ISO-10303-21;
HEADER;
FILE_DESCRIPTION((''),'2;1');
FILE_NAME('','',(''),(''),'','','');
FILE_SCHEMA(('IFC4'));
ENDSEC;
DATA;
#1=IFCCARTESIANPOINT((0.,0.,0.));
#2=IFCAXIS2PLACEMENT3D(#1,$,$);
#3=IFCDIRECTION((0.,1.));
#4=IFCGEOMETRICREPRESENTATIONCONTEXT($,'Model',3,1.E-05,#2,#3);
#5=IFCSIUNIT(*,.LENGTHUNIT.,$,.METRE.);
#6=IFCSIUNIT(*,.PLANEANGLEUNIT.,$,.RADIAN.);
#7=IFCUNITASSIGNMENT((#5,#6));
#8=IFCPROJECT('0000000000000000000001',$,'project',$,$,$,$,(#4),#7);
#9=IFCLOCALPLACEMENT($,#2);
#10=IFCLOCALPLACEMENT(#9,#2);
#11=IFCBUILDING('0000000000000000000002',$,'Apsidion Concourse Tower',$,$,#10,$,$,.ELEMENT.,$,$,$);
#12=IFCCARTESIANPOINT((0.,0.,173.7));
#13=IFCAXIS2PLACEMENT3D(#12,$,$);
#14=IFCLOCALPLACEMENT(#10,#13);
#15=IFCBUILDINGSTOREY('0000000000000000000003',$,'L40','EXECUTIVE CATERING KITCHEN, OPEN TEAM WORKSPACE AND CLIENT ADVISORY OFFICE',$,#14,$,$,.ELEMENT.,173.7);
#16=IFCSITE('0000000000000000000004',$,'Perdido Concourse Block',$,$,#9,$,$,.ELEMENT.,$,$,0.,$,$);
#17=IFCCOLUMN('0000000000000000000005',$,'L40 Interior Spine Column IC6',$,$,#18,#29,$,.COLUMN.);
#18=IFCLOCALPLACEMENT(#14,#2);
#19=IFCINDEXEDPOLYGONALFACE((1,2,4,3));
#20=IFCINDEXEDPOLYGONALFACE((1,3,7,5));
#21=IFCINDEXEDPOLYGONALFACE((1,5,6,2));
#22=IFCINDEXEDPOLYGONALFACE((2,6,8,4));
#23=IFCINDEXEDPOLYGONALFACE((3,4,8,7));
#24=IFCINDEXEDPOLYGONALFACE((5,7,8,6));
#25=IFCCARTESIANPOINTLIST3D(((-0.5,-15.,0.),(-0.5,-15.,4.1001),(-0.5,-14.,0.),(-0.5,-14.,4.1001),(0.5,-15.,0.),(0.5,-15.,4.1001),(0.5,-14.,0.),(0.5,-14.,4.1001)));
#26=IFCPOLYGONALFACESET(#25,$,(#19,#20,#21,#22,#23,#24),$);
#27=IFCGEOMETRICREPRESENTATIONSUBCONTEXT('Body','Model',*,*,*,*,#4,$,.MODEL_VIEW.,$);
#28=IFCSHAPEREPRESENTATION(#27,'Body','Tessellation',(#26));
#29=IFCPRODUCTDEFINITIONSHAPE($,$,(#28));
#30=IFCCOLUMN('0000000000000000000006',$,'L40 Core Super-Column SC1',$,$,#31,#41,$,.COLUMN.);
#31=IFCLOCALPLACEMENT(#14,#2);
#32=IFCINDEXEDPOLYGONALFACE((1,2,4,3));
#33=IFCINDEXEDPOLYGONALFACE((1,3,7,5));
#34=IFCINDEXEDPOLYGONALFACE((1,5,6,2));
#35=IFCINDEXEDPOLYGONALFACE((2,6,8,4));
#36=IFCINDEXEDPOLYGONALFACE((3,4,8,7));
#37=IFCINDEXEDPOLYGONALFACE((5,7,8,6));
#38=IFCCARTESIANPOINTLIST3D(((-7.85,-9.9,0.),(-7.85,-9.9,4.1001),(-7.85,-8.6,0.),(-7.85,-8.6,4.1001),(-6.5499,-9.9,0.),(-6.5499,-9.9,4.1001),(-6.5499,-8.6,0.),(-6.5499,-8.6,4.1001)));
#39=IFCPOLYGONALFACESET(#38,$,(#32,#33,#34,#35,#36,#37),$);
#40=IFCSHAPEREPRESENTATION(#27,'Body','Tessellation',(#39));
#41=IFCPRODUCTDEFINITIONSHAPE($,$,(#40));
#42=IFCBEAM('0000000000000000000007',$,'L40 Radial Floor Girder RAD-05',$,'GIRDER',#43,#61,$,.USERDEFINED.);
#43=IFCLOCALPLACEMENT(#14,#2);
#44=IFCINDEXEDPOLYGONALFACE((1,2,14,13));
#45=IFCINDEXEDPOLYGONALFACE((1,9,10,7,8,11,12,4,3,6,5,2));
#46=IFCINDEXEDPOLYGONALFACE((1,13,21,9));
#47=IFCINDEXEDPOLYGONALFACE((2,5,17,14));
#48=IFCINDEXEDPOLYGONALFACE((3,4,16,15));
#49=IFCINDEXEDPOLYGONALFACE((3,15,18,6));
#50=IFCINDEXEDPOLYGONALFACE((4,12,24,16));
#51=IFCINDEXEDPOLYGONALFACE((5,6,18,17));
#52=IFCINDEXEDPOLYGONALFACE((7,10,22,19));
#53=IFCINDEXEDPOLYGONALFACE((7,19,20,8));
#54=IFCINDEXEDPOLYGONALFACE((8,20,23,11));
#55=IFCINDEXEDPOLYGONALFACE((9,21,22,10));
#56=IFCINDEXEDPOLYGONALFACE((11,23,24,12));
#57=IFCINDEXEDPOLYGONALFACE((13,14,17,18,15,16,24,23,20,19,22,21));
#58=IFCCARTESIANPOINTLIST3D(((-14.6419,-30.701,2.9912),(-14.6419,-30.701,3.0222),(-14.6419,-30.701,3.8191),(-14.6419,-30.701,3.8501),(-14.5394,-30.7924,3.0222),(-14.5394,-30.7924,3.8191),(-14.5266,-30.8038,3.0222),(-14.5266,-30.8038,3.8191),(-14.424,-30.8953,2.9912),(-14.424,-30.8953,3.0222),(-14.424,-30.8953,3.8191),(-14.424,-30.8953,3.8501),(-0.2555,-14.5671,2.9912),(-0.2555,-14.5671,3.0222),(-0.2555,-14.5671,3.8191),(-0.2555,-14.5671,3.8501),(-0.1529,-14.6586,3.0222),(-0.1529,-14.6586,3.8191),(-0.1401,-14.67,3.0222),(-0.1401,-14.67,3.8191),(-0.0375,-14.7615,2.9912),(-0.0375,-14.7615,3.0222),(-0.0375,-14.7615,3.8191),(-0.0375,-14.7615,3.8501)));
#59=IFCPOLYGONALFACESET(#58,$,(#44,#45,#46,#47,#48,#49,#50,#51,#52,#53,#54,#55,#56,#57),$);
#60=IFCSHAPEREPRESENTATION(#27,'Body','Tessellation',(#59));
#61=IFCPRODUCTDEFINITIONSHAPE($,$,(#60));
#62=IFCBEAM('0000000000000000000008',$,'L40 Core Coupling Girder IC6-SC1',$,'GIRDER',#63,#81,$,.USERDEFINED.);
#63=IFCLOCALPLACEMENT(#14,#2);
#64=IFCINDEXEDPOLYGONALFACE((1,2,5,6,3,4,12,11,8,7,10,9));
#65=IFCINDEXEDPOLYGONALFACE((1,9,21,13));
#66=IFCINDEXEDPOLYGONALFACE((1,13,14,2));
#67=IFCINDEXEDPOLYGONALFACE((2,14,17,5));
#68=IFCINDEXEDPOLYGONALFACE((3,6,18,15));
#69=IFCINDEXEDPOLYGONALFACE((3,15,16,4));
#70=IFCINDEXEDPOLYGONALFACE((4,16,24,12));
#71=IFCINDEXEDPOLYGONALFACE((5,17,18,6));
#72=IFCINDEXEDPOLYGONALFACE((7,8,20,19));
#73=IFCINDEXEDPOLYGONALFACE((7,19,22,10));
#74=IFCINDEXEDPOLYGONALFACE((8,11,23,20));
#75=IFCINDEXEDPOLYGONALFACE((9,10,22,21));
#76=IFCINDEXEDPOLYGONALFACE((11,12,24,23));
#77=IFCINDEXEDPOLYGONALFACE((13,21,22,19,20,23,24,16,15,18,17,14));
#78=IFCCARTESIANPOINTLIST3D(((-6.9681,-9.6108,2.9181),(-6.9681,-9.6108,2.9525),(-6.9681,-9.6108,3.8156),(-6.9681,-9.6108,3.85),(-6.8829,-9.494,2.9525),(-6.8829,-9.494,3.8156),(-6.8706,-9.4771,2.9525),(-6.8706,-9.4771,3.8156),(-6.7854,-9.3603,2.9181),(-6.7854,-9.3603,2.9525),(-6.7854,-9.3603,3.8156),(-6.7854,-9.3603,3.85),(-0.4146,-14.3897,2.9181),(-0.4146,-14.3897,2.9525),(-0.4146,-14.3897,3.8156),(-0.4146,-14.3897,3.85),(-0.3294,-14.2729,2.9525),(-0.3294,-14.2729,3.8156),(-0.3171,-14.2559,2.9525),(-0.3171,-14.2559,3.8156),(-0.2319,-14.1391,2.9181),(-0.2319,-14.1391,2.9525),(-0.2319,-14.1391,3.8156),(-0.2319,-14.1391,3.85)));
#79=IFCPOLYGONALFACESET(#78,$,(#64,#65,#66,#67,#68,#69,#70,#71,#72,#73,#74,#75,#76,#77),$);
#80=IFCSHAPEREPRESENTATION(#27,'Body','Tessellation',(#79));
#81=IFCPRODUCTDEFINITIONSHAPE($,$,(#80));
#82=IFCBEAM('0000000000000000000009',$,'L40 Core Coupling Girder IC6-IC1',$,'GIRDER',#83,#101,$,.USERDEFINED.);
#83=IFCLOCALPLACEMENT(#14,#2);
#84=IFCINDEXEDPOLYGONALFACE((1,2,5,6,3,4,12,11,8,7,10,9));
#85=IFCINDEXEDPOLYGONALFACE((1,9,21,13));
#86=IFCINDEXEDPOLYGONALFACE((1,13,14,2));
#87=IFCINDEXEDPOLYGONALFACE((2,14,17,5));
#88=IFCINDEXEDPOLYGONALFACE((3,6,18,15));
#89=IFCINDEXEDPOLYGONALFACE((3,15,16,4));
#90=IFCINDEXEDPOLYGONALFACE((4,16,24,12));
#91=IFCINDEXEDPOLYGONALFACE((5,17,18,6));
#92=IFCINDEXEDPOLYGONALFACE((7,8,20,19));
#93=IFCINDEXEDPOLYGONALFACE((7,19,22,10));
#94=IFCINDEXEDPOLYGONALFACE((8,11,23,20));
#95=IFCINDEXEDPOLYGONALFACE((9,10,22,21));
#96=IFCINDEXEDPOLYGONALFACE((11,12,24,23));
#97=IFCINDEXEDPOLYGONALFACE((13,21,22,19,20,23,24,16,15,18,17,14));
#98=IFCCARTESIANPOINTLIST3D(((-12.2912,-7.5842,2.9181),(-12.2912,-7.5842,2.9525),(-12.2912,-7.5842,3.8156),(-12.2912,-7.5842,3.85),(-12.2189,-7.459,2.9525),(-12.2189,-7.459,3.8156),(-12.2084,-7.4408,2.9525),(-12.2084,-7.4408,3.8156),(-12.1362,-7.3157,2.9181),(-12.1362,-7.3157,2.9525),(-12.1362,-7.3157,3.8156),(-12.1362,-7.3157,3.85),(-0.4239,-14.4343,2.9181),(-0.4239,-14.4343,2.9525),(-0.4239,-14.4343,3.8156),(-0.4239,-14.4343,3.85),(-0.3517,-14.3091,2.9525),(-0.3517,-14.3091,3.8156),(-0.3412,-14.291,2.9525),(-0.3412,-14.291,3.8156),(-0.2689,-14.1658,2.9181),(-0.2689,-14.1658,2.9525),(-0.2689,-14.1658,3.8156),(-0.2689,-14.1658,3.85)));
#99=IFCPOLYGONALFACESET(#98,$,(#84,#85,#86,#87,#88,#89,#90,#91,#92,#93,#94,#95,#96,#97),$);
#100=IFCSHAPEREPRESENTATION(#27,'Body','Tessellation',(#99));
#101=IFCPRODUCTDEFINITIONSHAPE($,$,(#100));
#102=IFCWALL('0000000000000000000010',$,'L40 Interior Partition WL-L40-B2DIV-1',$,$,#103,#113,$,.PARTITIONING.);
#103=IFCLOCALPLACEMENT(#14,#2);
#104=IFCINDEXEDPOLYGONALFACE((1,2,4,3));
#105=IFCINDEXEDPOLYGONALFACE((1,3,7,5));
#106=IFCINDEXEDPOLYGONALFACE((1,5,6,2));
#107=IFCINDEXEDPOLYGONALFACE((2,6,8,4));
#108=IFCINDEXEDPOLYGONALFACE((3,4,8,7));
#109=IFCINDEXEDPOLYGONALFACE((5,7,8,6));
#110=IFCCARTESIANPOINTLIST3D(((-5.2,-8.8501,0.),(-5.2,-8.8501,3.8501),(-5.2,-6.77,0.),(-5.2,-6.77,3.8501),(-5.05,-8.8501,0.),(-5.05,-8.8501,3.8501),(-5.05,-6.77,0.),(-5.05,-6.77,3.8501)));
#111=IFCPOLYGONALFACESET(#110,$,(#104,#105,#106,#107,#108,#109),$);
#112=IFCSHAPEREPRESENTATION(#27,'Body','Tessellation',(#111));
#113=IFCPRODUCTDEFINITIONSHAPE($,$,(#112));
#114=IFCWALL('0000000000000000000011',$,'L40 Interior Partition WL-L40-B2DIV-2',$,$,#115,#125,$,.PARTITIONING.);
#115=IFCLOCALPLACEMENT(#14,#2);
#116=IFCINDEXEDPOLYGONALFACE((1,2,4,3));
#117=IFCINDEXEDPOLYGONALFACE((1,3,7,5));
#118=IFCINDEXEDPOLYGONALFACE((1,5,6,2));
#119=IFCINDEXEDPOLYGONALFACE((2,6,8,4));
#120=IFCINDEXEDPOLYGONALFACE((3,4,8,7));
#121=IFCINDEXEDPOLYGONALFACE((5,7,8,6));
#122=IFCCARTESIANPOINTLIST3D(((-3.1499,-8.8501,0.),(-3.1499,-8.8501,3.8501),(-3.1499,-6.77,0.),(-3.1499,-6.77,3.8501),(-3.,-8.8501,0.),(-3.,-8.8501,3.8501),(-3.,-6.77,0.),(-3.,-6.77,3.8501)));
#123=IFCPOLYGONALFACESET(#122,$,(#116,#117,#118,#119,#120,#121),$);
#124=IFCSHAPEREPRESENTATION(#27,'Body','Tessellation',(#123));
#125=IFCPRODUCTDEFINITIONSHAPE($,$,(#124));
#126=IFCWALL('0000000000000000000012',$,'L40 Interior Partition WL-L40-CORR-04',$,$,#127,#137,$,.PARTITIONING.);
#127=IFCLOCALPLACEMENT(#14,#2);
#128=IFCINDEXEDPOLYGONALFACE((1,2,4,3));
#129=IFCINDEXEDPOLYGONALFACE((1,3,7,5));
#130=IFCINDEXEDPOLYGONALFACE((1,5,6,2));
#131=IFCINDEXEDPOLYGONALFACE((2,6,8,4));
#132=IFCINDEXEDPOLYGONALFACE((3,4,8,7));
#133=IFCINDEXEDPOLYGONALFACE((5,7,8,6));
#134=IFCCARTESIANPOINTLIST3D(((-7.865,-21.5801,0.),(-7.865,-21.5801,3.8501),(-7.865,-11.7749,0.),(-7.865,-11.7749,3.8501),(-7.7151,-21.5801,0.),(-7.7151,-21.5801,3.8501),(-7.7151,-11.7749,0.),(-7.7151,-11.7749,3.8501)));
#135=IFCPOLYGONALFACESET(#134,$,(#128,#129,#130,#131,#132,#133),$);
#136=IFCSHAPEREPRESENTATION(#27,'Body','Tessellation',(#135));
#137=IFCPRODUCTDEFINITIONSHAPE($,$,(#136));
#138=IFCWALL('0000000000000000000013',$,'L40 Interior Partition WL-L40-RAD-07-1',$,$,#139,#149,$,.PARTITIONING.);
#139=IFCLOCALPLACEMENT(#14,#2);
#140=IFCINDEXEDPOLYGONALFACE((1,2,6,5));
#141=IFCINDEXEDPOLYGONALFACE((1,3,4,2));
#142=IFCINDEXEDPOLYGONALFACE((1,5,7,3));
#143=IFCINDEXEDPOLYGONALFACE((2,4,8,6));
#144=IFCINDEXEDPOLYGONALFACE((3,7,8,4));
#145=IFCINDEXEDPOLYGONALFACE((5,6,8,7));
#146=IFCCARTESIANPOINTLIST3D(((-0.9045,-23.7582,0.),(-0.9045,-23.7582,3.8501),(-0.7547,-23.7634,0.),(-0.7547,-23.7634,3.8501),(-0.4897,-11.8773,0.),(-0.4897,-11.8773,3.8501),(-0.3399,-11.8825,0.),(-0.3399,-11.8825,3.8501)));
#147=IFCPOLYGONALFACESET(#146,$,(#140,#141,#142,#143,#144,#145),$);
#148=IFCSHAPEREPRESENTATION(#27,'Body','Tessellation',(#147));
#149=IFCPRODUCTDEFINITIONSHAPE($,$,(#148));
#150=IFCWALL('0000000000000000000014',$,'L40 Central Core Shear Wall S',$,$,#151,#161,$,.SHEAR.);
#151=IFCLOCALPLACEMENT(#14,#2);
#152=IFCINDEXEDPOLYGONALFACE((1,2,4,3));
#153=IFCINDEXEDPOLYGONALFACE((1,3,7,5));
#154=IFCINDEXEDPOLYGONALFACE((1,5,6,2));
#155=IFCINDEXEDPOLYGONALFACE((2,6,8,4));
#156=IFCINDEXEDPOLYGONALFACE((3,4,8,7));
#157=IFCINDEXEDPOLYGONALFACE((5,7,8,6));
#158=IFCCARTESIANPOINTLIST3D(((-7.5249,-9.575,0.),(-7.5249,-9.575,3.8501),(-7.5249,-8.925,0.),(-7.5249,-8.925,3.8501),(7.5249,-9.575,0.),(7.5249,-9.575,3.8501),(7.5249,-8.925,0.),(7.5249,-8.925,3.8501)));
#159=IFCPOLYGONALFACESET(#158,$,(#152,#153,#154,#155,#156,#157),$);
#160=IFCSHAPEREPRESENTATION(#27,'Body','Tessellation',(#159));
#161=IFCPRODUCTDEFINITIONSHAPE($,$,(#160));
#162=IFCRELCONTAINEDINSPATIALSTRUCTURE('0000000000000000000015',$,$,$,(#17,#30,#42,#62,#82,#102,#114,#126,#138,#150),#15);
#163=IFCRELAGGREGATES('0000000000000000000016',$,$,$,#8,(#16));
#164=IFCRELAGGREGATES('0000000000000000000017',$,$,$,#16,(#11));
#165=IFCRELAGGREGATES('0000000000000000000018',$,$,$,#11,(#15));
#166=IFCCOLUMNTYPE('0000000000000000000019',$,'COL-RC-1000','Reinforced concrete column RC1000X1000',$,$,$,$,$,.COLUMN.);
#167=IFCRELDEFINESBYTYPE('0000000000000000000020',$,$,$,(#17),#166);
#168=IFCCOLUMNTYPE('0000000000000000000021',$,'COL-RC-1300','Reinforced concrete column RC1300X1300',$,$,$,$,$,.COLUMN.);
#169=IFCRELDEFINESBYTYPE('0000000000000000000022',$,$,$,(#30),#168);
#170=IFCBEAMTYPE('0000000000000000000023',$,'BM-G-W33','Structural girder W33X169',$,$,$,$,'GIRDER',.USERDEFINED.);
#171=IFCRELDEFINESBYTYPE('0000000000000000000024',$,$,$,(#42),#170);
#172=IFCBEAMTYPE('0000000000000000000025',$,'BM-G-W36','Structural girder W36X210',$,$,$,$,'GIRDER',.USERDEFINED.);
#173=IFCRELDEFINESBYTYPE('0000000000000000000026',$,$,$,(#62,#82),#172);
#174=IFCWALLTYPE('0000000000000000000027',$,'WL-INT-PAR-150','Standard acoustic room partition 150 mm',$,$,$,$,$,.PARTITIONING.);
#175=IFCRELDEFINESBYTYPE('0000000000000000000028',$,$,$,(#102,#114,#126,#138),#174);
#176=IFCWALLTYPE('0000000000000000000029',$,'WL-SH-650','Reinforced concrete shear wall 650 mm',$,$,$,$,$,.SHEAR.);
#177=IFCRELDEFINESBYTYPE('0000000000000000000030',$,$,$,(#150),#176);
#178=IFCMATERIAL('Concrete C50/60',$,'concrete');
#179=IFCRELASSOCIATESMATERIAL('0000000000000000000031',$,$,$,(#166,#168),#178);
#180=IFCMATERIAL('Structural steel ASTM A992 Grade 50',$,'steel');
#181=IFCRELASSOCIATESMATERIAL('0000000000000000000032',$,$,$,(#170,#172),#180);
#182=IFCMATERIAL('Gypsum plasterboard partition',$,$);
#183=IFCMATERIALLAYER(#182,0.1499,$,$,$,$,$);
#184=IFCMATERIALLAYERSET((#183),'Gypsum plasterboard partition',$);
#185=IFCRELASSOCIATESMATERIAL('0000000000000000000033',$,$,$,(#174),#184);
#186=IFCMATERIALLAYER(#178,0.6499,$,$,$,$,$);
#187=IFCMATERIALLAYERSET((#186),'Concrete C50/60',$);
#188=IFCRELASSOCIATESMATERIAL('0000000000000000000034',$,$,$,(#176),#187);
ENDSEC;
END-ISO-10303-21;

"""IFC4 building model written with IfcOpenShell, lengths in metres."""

from ifc_helpers import new_model, si_unit, direction, frame, frame_2d, origin, origin_2d, place, context, subcontext, project, spatial, rectangle, i_section, extrude, material, layer, layer_set, material_profile, profile_set, type_object, element, save


model = new_model("IFC4")

# Units and contexts
model_context = context("Model", 3, precision=1e-05, world=origin(), true_north=direction((0.0, 1.0)))
body_context = subcontext(model_context, "Body", "Model", "MODEL_VIEW")
ifc_project = project(units=[si_unit("LENGTHUNIT", "METRE"), si_unit("PLANEANGLEUNIT", "RADIAN")], contexts=[model_context])

# Site, building, storey
site_placement = place(None, origin())
site = spatial("IfcSite", under=ifc_project, at=site_placement, Name="Perdido Concourse Block", CompositionType="ELEMENT", RefElevation=0.0)
building_placement = place(site_placement, origin())
building = spatial("IfcBuilding", under=site, at=building_placement, Name="Apsidion Concourse Tower", CompositionType="ELEMENT")
storey_placement = place(building_placement, frame((0.0, 0.0, 173.7)))
storey = spatial("IfcBuildingStorey", under=building, at=storey_placement, Name="L40", Description="EXECUTIVE CATERING KITCHEN, OPEN TEAM WORKSPACE AND CLIENT ADVISORY OFFICE", CompositionType="ELEMENT", Elevation=173.7)

# Columns
ifc_material_1 = material(Name="Concrete C50/60", Category="concrete")
ifc_material_profile_1 = material_profile(ifc_material_1, rectangle(XDim=1.0, YDim=1.0, at=origin_2d()), Name="RC 1000x1000")
ifc_profile_set_1 = profile_set([ifc_material_profile_1], Name="Concrete C50/60")
column_type_1 = type_object("IfcColumnType", Name="COL-RC-1000", Description="Reinforced concrete column RC1000X1000", PredefinedType="COLUMN", material=ifc_profile_set_1)
column_1_placement = place(storey_placement, frame((0.0, -14.5, 0.0), z_axis=(0.0, 0.0, 1.0), x_axis=(1.0, 0.0, 0.0)))
element("IfcColumn", 1, at=column_1_placement, inside=storey, type_object=column_type_1, Name="L40 Interior Spine Column IC6", PredefinedType="COLUMN", context=body_context, shape_type="SweptSolid", body=[
    extrude(rectangle(XDim=1.0, YDim=1.0, at=origin_2d()), origin(), (0.0, 0.0, 1.0), 4.1001),
])
ifc_material_profile_2 = material_profile(ifc_material_1, rectangle(XDim=1.3, YDim=1.3, at=origin_2d()), Name="RC 1300x1300")
ifc_profile_set_2 = profile_set([ifc_material_profile_2], Name="Concrete C50/60")
column_type_2 = type_object("IfcColumnType", Name="COL-RC-1300", Description="Reinforced concrete column RC1300X1300", PredefinedType="COLUMN", material=ifc_profile_set_2)
column_2_placement = place(storey_placement, frame((-7.2, -9.25, 0.0), z_axis=(0.0, 0.0, 1.0), x_axis=(1.0, 0.0, 0.0)))
element("IfcColumn", 2, at=column_2_placement, inside=storey, type_object=column_type_2, Name="L40 Core Super-Column SC1", PredefinedType="COLUMN", context=body_context, shape_type="SweptSolid", body=[
    extrude(rectangle(XDim=1.3, YDim=1.3, at=origin_2d()), origin(), (0.0, 0.0, 1.0), 4.1001),
])

# Beams
ifc_material_2 = material(Name="Structural steel ASTM A992 Grade 50", Category="steel")
ifc_material_profile_3 = material_profile(ifc_material_2, i_section(OverallWidth=0.292, OverallDepth=0.8589, WebThickness=0.0171, FlangeThickness=0.031, at=origin_2d()), Name="W33X169")
ifc_profile_set_3 = profile_set([ifc_material_profile_3], Name="Structural steel ASTM A992 Grade 50")
beam_type_1 = type_object("IfcBeamType", Name="BM-G-W33", Description="Structural girder W33X169", ElementType="GIRDER", PredefinedType="USERDEFINED", material=ifc_profile_set_3)
beam_1_placement = place(storey_placement, frame((-0.1465, -14.6643, 3.4207), z_axis=(-0.665534, -0.746367, 0.0), x_axis=(0.746367, -0.665534, 0.0)))
element("IfcBeam", 3, at=beam_1_placement, inside=storey, type_object=beam_type_1, Name="L40 Radial Floor Girder RAD-05", ObjectType="GIRDER", PredefinedType="USERDEFINED", context=body_context, shape_type="SweptSolid", body=[
    extrude(i_section(OverallWidth=0.292, OverallDepth=0.8589, WebThickness=0.0171, FlangeThickness=0.031, at=origin_2d()), origin(), (0.0, 0.0, 1.0), 21.6165),
])
ifc_material_profile_4 = material_profile(ifc_material_2, i_section(OverallWidth=0.3101, OverallDepth=0.9319, WebThickness=0.021, FlangeThickness=0.0344, at=origin_2d()), Name="W36X210")
ifc_profile_set_4 = profile_set([ifc_material_profile_4], Name="Structural steel ASTM A992 Grade 50")
beam_type_2 = type_object("IfcBeamType", Name="BM-G-W36", Description="Structural girder W36X210", ElementType="GIRDER", PredefinedType="USERDEFINED", material=ifc_profile_set_4)
beam_2_placement = place(storey_placement, frame((-0.3232, -14.2644, 3.384), z_axis=(-0.807993, 0.589191, 0.0), x_axis=(-0.589191, -0.807993, 0.0)))
element("IfcBeam", 4, at=beam_2_placement, inside=storey, type_object=beam_type_2, Name="L40 Core Coupling Girder IC6-SC1", ObjectType="GIRDER", PredefinedType="USERDEFINED", context=body_context, shape_type="SweptSolid", body=[
    extrude(i_section(OverallWidth=0.3101, OverallDepth=0.9319, WebThickness=0.021, FlangeThickness=0.0344, at=origin_2d()), origin(), (0.0, 0.0, 1.0), 8.1108),
])
beam_3_placement = place(storey_placement, frame((-0.3464, -14.3, 3.384), z_axis=(-0.86607, 0.499922, 0.0), x_axis=(-0.499922, -0.86607, 0.0)))
element("IfcBeam", 5, at=beam_3_placement, inside=storey, type_object=beam_type_2, Name="L40 Core Coupling Girder IC6-IC1", ObjectType="GIRDER", PredefinedType="USERDEFINED", context=body_context, shape_type="SweptSolid", body=[
    extrude(i_section(OverallWidth=0.3101, OverallDepth=0.9319, WebThickness=0.021, FlangeThickness=0.0344, at=origin_2d()), origin(), (0.0, 0.0, 1.0), 13.7024),
])

# Walls
ifc_material_3 = material(Name="Gypsum plasterboard partition")
ifc_layer_1 = layer(ifc_material_3, 0.1499)
ifc_layer_set_1 = layer_set([ifc_layer_1], Name="Gypsum plasterboard partition")
wall_type_1 = type_object("IfcWallType", Name="WL-INT-PAR-150", Description="Standard acoustic room partition 150 mm", PredefinedType="PARTITIONING", material=ifc_layer_set_1)
for number, where, z_axis, x_axis, name in (
    (6, (-5.125, -8.8501, 0.0), (0.0, 0.0, 1.0), (0.0, 1.0, 0.0), "L40 Interior Partition WL-L40-B2DIV-1"),
    (7, (-3.075, -8.8501, 0.0), (0.0, 0.0, 1.0), (0.0, 1.0, 0.0), "L40 Interior Partition WL-L40-B2DIV-2"),
):
    element("IfcWall", number, at=place(storey_placement, frame(where, z_axis=z_axis, x_axis=x_axis)), inside=storey, type_object=wall_type_1, Name=name, PredefinedType="PARTITIONING", context=body_context, shape_type="SweptSolid", body=[
        extrude(rectangle(XDim=2.0801, YDim=0.1499, at=frame_2d((1.04, 0.0))), origin(), (0.0, 0.0, 1.0), 3.8501),
    ])
wall_1_placement = place(storey_placement, frame((-7.79, -11.7749, 0.0), z_axis=(0.0, 0.0, 1.0), x_axis=(0.0, -1.0, 0.0)))
element("IfcWall", 8, at=wall_1_placement, inside=storey, type_object=wall_type_1, Name="L40 Interior Partition WL-L40-CORR-04", PredefinedType="PARTITIONING", context=body_context, shape_type="SweptSolid", body=[
    extrude(rectangle(XDim=9.8052, YDim=0.1499, at=frame_2d((4.9026, 0.0))), origin(), (0.0, 0.0, 1.0), 3.8501),
])
wall_2_placement = place(storey_placement, frame((-0.4148, -11.8799, 0.0), z_axis=(0.0, 0.0, 1.0), x_axis=(-0.034892, -0.999391, 0.0)))
element("IfcWall", 9, at=wall_2_placement, inside=storey, type_object=wall_type_1, Name="L40 Interior Partition WL-L40-RAD-07-1", PredefinedType="PARTITIONING", context=body_context, shape_type="SweptSolid", body=[
    extrude(rectangle(XDim=11.8882, YDim=0.1499, at=frame_2d((5.9441, 0.0))), origin(), (0.0, 0.0, 1.0), 3.8501),
])

# Shared definitions
ifc_layer_2 = layer(ifc_material_1, 0.6499)
ifc_layer_set_2 = layer_set([ifc_layer_2], Name="Concrete C50/60")
wall_type_2 = type_object("IfcWallType", Name="WL-SH-650", Description="Reinforced concrete shear wall 650 mm", PredefinedType="SHEAR", material=ifc_layer_set_2)

# Wall
wall_3_placement = place(storey_placement, frame((-7.5249, -9.25, 0.0), z_axis=(0.0, 0.0, 1.0), x_axis=(1.0, 0.0, 0.0)))
element("IfcWall", 10, at=wall_3_placement, inside=storey, type_object=wall_type_2, Name="L40 Central Core Shear Wall S", PredefinedType="SHEAR", context=body_context, shape_type="SweptSolid", body=[
    extrude(rectangle(XDim=15.0498, YDim=0.6499, at=frame_2d((7.5249, 0.0))), origin(), (0.0, 0.0, 1.0), 3.8501),
])

save(model, "model.ifc")
